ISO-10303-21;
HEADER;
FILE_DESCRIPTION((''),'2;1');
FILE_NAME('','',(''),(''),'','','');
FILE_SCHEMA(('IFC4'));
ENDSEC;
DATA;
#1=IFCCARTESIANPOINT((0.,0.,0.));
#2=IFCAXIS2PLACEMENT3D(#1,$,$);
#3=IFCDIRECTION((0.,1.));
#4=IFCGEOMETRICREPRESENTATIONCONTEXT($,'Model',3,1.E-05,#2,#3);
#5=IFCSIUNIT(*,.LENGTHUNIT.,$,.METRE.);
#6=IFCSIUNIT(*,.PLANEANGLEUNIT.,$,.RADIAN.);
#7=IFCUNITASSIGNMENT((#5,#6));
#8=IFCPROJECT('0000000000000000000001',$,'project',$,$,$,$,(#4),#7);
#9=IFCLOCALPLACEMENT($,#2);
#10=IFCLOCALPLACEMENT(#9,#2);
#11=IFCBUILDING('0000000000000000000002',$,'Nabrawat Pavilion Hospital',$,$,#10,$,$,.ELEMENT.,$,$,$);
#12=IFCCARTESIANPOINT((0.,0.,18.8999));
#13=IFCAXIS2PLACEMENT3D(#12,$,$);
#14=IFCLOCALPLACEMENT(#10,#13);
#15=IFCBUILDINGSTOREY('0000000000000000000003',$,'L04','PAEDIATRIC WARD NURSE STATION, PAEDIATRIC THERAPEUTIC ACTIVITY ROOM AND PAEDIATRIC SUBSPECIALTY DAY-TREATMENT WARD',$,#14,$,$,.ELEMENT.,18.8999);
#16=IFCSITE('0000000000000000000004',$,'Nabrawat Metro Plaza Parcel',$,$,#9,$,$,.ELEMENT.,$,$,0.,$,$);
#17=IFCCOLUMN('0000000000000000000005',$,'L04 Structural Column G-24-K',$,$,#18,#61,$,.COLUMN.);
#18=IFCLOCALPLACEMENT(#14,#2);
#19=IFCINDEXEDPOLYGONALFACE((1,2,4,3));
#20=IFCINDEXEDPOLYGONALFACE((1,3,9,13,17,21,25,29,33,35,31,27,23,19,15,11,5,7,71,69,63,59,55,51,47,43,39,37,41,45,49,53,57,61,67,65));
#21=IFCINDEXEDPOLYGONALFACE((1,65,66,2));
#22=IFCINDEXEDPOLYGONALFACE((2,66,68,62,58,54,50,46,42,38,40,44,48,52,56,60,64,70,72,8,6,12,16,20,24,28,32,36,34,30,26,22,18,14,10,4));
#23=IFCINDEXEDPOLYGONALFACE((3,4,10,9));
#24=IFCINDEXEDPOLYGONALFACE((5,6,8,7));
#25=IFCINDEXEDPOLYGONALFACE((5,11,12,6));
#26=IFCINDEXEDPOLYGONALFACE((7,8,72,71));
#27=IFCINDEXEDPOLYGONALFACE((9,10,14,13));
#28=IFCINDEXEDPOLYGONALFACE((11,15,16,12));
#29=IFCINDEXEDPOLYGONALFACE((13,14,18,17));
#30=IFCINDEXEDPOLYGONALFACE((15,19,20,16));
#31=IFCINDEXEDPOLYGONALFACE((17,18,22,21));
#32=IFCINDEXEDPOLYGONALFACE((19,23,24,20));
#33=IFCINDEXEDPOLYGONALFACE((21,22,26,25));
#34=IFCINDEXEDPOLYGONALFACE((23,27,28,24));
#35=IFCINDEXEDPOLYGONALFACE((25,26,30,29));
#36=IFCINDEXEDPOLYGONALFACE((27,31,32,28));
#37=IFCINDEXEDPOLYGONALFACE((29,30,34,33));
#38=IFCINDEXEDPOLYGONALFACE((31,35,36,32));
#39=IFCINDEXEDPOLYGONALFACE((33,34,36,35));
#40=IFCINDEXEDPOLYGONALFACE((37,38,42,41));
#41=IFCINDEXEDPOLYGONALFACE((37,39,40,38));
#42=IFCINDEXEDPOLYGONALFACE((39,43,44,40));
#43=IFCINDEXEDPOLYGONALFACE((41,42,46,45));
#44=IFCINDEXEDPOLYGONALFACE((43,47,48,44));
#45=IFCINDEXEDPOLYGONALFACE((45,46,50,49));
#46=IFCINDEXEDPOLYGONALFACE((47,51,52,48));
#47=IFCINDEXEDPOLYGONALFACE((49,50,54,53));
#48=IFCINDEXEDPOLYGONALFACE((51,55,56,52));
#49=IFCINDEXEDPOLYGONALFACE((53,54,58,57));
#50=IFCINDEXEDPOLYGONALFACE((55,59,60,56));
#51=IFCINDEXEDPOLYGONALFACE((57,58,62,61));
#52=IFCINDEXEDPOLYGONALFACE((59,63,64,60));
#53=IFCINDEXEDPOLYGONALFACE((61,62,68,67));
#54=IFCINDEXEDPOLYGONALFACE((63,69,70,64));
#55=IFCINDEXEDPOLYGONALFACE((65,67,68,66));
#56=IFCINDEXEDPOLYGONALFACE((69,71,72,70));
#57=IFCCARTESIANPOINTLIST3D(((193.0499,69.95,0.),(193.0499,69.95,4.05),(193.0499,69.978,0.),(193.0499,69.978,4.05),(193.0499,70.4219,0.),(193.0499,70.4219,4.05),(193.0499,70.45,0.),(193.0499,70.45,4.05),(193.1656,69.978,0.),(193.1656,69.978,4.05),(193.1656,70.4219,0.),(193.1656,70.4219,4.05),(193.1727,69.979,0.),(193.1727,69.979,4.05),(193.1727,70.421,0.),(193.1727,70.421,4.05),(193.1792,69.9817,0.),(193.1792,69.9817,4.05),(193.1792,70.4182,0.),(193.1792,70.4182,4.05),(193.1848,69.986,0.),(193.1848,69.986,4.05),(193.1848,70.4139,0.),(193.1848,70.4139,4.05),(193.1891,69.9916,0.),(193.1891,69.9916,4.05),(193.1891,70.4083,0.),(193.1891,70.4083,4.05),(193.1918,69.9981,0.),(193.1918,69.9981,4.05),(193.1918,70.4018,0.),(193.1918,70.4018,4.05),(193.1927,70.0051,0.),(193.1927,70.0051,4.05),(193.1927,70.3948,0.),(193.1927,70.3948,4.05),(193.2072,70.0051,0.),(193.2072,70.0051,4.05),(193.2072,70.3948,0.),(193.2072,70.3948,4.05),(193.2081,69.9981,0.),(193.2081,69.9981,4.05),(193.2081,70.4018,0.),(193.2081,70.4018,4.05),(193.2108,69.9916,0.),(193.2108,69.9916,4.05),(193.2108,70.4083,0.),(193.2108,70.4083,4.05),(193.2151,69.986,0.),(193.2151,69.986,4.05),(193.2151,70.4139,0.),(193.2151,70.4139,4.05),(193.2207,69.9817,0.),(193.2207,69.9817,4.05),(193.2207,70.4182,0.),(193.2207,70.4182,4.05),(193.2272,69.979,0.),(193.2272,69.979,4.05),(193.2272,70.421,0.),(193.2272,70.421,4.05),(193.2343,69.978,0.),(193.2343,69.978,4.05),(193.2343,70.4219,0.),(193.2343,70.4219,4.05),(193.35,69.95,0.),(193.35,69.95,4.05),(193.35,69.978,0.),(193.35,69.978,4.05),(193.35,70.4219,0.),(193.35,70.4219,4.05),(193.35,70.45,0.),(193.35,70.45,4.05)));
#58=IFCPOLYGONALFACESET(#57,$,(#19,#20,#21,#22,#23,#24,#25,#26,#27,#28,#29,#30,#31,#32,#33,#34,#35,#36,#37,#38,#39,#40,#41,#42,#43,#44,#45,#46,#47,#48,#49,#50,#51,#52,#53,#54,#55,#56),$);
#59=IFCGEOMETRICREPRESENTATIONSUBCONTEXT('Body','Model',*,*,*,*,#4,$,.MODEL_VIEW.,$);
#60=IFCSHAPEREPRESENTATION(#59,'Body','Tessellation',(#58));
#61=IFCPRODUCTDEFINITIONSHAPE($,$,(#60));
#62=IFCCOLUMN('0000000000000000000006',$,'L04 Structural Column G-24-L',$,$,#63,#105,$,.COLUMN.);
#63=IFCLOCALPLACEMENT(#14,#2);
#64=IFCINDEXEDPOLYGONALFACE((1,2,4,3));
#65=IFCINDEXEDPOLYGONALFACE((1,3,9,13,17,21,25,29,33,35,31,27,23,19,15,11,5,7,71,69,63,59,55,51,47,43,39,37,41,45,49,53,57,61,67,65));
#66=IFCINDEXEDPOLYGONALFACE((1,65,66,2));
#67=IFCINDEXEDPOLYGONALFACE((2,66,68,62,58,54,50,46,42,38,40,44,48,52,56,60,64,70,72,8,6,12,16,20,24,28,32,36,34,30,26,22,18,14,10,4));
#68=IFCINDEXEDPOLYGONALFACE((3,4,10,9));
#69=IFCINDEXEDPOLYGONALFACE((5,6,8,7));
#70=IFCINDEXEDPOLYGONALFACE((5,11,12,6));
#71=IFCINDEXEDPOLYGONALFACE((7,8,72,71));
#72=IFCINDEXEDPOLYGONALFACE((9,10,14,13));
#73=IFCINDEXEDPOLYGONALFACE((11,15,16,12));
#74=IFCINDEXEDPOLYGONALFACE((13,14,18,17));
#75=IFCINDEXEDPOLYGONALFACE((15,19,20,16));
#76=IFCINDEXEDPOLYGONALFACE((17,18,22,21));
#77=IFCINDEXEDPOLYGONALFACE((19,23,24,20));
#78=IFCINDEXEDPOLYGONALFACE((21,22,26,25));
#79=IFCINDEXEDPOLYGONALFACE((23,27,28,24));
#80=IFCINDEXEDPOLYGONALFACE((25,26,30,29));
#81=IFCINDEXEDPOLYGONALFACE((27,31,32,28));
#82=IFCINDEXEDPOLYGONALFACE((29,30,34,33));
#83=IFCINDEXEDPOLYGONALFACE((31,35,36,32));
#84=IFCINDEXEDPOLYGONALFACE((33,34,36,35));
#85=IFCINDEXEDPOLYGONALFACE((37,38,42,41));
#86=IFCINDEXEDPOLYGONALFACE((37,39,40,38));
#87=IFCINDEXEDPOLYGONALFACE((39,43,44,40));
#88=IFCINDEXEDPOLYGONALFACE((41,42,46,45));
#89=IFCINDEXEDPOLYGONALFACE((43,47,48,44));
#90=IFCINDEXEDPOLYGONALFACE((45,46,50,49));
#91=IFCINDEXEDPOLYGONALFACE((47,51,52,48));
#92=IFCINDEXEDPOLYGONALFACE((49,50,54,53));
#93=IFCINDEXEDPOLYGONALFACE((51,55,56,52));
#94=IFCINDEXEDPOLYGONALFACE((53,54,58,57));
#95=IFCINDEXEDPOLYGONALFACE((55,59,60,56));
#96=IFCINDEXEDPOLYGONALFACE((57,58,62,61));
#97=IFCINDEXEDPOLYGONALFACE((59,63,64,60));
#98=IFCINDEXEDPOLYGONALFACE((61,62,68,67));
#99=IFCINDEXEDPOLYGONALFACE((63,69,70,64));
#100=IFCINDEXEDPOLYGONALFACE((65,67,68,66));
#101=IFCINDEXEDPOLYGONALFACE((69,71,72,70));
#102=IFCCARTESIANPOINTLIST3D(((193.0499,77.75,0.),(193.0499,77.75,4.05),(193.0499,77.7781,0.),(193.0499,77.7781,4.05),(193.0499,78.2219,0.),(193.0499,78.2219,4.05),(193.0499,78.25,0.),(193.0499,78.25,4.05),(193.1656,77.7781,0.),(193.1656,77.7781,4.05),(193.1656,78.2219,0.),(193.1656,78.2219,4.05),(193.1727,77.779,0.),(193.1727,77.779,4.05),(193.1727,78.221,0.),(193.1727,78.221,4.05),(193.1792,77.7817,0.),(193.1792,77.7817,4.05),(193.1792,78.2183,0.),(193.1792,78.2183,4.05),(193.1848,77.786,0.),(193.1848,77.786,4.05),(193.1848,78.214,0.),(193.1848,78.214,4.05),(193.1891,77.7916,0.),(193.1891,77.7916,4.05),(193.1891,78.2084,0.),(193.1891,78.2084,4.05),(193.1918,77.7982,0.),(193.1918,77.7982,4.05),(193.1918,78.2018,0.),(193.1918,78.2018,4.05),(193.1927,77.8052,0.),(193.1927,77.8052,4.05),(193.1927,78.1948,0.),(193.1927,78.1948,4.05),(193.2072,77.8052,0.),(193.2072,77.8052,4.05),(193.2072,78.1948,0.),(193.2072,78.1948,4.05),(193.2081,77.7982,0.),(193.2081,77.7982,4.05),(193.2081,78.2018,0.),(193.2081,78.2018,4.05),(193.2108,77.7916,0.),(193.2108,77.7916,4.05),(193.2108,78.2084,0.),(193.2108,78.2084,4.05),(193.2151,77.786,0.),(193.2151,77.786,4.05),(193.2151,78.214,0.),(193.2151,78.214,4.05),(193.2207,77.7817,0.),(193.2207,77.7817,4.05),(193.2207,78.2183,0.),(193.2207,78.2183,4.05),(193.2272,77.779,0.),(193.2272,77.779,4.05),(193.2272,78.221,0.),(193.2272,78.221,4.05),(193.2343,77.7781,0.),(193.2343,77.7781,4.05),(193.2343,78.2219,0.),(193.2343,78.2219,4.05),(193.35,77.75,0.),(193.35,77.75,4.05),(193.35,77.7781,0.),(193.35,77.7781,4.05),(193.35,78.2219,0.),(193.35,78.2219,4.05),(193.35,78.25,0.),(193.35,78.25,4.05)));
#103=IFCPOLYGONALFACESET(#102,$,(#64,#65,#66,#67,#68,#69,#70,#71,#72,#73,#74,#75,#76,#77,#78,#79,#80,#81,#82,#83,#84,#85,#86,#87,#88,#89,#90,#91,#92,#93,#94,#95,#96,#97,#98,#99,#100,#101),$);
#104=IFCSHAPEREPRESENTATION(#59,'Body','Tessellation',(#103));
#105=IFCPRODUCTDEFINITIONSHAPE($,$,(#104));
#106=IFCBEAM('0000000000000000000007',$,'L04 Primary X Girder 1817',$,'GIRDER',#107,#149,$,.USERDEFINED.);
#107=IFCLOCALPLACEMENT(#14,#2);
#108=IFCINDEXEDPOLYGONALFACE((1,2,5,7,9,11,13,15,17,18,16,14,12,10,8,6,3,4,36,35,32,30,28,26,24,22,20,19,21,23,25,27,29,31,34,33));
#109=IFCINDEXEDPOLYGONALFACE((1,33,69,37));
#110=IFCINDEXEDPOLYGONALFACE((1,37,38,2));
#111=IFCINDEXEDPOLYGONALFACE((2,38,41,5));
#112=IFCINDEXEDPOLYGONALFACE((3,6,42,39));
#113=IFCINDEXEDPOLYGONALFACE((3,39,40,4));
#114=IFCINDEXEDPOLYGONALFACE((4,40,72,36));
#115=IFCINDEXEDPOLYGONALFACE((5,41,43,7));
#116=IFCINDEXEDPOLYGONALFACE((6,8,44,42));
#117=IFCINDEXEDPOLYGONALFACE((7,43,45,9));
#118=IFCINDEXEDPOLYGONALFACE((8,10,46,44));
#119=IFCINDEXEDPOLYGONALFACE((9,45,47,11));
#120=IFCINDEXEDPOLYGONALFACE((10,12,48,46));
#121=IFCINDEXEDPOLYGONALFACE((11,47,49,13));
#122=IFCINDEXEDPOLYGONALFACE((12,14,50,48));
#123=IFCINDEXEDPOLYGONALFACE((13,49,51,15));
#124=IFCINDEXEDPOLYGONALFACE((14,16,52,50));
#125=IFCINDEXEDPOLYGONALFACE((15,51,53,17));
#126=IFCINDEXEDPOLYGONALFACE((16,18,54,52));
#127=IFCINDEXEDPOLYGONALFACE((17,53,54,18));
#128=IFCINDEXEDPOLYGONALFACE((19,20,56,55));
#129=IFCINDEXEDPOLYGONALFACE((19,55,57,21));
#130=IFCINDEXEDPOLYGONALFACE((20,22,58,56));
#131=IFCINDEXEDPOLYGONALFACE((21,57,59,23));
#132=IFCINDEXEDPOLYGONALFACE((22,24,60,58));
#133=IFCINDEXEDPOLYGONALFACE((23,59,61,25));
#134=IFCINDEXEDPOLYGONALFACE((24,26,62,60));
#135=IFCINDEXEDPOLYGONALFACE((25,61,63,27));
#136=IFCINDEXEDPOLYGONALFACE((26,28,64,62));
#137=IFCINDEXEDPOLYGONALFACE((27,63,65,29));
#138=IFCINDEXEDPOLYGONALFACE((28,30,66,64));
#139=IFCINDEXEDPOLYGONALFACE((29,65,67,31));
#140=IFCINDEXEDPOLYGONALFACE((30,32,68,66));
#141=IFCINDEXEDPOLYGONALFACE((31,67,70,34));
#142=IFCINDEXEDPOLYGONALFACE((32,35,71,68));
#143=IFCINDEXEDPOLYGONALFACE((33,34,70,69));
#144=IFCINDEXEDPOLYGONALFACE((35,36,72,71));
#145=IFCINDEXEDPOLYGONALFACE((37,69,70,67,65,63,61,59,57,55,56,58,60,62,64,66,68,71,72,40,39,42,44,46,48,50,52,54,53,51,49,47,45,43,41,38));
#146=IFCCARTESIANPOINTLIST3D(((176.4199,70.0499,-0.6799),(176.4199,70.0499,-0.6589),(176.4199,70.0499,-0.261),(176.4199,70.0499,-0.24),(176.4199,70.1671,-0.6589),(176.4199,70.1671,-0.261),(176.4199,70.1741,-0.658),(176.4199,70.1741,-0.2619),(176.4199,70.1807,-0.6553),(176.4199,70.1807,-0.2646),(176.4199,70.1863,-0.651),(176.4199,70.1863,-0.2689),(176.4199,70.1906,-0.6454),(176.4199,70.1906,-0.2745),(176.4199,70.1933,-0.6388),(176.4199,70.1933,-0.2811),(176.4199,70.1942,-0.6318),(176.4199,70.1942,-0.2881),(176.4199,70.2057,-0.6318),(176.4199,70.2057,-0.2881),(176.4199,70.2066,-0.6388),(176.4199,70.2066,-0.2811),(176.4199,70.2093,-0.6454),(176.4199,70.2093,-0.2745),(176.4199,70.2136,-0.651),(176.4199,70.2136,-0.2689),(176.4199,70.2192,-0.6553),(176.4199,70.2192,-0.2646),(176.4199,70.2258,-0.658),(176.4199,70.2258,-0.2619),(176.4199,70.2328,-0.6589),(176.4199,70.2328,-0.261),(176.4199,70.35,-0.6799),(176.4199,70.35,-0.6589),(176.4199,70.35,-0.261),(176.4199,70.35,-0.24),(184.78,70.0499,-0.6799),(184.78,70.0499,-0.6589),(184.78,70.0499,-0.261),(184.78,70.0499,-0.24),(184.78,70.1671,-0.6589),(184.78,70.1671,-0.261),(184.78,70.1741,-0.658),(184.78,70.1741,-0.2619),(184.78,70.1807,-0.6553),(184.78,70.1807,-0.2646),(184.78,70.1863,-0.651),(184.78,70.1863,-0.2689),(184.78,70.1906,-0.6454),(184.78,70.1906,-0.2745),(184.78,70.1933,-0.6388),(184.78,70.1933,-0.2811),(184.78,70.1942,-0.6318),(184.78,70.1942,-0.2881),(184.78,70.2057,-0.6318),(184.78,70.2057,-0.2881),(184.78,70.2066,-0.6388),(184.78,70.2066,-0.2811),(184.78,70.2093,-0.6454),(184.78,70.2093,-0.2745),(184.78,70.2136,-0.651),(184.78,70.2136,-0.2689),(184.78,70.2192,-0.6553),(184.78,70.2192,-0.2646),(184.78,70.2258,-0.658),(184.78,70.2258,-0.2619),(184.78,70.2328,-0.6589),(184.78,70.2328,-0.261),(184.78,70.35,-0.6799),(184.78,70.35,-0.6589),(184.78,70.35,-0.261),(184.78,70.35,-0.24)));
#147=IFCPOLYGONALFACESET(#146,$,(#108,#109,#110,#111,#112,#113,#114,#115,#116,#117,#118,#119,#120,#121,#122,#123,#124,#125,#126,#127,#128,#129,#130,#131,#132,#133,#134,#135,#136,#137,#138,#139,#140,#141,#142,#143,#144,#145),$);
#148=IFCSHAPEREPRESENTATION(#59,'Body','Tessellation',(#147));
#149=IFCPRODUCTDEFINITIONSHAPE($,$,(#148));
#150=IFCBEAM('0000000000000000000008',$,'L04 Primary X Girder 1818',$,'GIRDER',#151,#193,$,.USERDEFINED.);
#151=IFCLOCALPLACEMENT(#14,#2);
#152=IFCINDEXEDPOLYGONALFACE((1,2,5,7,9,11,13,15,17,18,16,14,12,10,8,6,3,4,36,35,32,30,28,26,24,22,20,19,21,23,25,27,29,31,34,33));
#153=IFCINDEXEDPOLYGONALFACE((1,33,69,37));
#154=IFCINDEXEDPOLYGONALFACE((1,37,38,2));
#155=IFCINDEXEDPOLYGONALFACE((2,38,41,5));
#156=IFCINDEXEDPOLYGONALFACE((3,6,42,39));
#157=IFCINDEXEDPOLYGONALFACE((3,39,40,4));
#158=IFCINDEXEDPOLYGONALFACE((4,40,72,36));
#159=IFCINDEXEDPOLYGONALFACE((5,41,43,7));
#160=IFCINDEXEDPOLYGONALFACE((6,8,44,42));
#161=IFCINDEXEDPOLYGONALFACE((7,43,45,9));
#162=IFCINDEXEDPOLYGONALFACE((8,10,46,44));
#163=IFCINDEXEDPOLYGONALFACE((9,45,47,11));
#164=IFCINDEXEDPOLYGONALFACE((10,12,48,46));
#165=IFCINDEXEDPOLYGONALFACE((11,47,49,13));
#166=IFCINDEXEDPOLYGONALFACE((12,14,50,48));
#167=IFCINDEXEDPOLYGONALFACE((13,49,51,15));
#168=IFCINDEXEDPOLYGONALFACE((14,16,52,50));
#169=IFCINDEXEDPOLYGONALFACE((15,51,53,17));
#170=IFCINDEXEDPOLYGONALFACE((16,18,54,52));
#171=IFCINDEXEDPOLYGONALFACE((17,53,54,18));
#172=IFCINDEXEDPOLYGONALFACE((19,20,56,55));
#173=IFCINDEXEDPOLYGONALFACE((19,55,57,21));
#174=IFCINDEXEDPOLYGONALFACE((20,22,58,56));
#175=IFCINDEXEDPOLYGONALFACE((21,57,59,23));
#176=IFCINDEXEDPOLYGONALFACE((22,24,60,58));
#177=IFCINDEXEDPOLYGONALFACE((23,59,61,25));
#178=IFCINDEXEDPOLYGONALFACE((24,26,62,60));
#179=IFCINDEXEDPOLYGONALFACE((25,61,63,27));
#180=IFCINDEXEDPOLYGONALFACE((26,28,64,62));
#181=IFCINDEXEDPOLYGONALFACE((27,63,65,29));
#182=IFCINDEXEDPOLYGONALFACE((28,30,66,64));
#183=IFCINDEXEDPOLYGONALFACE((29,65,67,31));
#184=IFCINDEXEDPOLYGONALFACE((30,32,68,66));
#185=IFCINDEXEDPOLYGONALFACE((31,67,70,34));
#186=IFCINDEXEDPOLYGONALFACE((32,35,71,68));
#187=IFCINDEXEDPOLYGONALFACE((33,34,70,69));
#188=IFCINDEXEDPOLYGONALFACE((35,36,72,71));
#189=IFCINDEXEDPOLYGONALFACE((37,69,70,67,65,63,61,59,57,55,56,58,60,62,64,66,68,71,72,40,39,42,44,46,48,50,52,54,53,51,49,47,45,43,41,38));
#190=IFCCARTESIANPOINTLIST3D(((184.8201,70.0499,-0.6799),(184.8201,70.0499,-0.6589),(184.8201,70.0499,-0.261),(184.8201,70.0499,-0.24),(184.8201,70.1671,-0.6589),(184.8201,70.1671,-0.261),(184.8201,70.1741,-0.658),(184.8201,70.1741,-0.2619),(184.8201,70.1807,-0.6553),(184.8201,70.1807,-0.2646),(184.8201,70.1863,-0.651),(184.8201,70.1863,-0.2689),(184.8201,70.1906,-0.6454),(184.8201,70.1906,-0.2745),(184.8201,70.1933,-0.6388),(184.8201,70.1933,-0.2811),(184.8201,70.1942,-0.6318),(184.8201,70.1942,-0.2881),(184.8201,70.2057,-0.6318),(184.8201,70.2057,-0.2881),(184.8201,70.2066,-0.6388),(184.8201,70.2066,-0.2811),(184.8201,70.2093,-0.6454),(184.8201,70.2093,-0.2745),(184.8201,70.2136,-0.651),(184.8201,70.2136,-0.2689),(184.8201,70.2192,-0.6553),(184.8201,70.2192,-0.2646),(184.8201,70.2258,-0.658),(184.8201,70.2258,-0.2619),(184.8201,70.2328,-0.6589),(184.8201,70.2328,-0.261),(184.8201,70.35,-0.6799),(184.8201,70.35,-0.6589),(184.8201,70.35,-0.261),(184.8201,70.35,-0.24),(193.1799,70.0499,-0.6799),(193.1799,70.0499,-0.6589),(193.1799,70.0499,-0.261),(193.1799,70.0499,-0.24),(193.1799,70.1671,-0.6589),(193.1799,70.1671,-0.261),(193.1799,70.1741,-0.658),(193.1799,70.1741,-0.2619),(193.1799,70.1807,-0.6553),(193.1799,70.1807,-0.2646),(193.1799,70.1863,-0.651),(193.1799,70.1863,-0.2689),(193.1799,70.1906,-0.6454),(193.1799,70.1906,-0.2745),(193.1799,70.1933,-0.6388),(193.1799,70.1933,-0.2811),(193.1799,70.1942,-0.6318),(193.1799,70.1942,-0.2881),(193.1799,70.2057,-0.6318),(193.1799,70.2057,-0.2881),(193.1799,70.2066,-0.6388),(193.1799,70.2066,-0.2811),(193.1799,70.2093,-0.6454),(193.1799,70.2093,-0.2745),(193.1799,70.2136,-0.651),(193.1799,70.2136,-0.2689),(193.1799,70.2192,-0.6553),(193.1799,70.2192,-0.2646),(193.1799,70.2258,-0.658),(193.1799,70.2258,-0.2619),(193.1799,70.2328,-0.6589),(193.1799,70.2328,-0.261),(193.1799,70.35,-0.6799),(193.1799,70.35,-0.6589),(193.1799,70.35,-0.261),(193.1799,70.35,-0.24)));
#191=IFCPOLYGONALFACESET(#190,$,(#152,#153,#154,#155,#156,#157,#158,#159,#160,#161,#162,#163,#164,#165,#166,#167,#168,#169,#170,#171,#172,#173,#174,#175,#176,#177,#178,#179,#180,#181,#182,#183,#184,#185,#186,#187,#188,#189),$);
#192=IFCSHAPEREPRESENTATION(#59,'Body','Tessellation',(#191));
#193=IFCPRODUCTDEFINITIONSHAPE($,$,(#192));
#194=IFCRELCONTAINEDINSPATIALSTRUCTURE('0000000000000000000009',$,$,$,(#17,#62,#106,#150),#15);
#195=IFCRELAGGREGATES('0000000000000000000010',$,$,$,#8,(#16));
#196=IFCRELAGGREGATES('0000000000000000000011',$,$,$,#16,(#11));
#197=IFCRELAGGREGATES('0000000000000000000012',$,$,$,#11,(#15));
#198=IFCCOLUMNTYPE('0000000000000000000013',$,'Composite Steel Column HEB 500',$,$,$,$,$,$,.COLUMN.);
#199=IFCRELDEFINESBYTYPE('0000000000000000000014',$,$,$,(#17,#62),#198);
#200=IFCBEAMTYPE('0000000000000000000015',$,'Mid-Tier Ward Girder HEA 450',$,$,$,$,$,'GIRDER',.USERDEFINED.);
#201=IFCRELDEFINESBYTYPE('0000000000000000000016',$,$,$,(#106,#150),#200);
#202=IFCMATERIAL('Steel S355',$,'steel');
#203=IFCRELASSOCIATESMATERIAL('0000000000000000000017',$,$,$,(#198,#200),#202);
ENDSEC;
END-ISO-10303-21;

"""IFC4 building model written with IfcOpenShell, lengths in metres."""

from ifc_helpers import new_model, si_unit, direction, frame, origin, origin_2d, place, context, subcontext, project, spatial, i_section, extrude, material, material_profile, profile_set, type_object, element, save


model = new_model("IFC4")

# Units and contexts
model_context = context("Model", 3, precision=1e-05, world=origin(), true_north=direction((0.0, 1.0)))
body_context = subcontext(model_context, "Body", "Model", "MODEL_VIEW")
ifc_project = project(units=[si_unit("LENGTHUNIT", "METRE"), si_unit("PLANEANGLEUNIT", "RADIAN")], contexts=[model_context])

# Site, building, storey
site_placement = place(None, origin())
site = spatial("IfcSite", under=ifc_project, at=site_placement, Name="Nabrawat Metro Plaza Parcel", CompositionType="ELEMENT", RefElevation=0.0)
building_placement = place(site_placement, origin())
building = spatial("IfcBuilding", under=site, at=building_placement, Name="Nabrawat Pavilion Hospital", CompositionType="ELEMENT")
storey_placement = place(building_placement, frame((0.0, 0.0, 18.8999)))
storey = spatial("IfcBuildingStorey", under=building, at=storey_placement, Name="L04", Description="PAEDIATRIC WARD NURSE STATION, PAEDIATRIC THERAPEUTIC ACTIVITY ROOM AND PAEDIATRIC SUBSPECIALTY DAY-TREATMENT WARD", CompositionType="ELEMENT", Elevation=18.8999)

# Columns
ifc_material_1 = material(Name="Steel S355", Category="steel")
ifc_material_profile_1 = material_profile(ifc_material_1, i_section(OverallWidth=0.3, OverallDepth=0.5, WebThickness=0.0144, FlangeThickness=0.0281, FilletRadius=0.0271, at=origin_2d()), Name="HEB 500")
ifc_profile_set_1 = profile_set([ifc_material_profile_1], Name="Steel S355")
column_type = type_object("IfcColumnType", Name="Composite Steel Column HEB 500", PredefinedType="COLUMN", material=ifc_profile_set_1)
for number, where, z_axis, x_axis, name in (
    (1, (193.2, 70.2, 0.0), (0.0, 0.0, 1.0), (1.0, 0.0, 0.0), "L04 Structural Column G-24-K"),
    (2, (193.2, 78.0, 0.0), (0.0, 0.0, 1.0), (1.0, 0.0, 0.0), "L04 Structural Column G-24-L"),
):
    element("IfcColumn", number, at=place(storey_placement, frame(where, z_axis=z_axis, x_axis=x_axis)), inside=storey, type_object=column_type, Name=name, PredefinedType="COLUMN", context=body_context, shape_type="SweptSolid", body=[
        extrude(i_section(OverallWidth=0.3, OverallDepth=0.5, WebThickness=0.0144, FlangeThickness=0.0281, FilletRadius=0.0271, at=origin_2d()), origin(), (0.0, 0.0, 1.0), 4.05),
    ])

# Beams
ifc_material_profile_2 = material_profile(ifc_material_1, i_section(OverallWidth=0.3, OverallDepth=0.4399, WebThickness=0.0115, FlangeThickness=0.021, FilletRadius=0.0271, at=origin_2d()), Name="HEA 450")
ifc_profile_set_2 = profile_set([ifc_material_profile_2], Name="Steel S355")
beam_type_1 = type_object("IfcBeamType", Name="Mid-Tier Ward Girder HEA 450", ElementType="GIRDER", PredefinedType="USERDEFINED", material=ifc_profile_set_2)
beam_1_placement = place(storey_placement, frame((176.4199, 70.2, -0.46), z_axis=(1.0, 0.0, 0.0), x_axis=(0.0, 1.0, 0.0)))
element("IfcBeam", 3, at=beam_1_placement, inside=storey, type_object=beam_type_1, Name="L04 Primary X Girder 1817", ObjectType="GIRDER", PredefinedType="USERDEFINED", context=body_context, shape_type="SweptSolid", body=[
    extrude(i_section(OverallWidth=0.3, OverallDepth=0.4399, WebThickness=0.0115, FlangeThickness=0.021, FilletRadius=0.0271, at=origin_2d()), origin(), (0.0, 0.0, 1.0), 8.3601),
])
beam_2_placement = place(storey_placement, frame((184.8201, 70.2, -0.46), z_axis=(1.0, 0.0, 0.0), x_axis=(0.0, 1.0, 0.0)))
element("IfcBeam", 4, at=beam_2_placement, inside=storey, type_object=beam_type_1, Name="L04 Primary X Girder 1818", ObjectType="GIRDER", PredefinedType="USERDEFINED", context=body_context, shape_type="SweptSolid", body=[
    extrude(i_section(OverallWidth=0.3, OverallDepth=0.4399, WebThickness=0.0115, FlangeThickness=0.021, FilletRadius=0.0271, at=origin_2d()), origin(), (0.0, 0.0, 1.0), 8.3599),
])

save(model, "model.ifc")
